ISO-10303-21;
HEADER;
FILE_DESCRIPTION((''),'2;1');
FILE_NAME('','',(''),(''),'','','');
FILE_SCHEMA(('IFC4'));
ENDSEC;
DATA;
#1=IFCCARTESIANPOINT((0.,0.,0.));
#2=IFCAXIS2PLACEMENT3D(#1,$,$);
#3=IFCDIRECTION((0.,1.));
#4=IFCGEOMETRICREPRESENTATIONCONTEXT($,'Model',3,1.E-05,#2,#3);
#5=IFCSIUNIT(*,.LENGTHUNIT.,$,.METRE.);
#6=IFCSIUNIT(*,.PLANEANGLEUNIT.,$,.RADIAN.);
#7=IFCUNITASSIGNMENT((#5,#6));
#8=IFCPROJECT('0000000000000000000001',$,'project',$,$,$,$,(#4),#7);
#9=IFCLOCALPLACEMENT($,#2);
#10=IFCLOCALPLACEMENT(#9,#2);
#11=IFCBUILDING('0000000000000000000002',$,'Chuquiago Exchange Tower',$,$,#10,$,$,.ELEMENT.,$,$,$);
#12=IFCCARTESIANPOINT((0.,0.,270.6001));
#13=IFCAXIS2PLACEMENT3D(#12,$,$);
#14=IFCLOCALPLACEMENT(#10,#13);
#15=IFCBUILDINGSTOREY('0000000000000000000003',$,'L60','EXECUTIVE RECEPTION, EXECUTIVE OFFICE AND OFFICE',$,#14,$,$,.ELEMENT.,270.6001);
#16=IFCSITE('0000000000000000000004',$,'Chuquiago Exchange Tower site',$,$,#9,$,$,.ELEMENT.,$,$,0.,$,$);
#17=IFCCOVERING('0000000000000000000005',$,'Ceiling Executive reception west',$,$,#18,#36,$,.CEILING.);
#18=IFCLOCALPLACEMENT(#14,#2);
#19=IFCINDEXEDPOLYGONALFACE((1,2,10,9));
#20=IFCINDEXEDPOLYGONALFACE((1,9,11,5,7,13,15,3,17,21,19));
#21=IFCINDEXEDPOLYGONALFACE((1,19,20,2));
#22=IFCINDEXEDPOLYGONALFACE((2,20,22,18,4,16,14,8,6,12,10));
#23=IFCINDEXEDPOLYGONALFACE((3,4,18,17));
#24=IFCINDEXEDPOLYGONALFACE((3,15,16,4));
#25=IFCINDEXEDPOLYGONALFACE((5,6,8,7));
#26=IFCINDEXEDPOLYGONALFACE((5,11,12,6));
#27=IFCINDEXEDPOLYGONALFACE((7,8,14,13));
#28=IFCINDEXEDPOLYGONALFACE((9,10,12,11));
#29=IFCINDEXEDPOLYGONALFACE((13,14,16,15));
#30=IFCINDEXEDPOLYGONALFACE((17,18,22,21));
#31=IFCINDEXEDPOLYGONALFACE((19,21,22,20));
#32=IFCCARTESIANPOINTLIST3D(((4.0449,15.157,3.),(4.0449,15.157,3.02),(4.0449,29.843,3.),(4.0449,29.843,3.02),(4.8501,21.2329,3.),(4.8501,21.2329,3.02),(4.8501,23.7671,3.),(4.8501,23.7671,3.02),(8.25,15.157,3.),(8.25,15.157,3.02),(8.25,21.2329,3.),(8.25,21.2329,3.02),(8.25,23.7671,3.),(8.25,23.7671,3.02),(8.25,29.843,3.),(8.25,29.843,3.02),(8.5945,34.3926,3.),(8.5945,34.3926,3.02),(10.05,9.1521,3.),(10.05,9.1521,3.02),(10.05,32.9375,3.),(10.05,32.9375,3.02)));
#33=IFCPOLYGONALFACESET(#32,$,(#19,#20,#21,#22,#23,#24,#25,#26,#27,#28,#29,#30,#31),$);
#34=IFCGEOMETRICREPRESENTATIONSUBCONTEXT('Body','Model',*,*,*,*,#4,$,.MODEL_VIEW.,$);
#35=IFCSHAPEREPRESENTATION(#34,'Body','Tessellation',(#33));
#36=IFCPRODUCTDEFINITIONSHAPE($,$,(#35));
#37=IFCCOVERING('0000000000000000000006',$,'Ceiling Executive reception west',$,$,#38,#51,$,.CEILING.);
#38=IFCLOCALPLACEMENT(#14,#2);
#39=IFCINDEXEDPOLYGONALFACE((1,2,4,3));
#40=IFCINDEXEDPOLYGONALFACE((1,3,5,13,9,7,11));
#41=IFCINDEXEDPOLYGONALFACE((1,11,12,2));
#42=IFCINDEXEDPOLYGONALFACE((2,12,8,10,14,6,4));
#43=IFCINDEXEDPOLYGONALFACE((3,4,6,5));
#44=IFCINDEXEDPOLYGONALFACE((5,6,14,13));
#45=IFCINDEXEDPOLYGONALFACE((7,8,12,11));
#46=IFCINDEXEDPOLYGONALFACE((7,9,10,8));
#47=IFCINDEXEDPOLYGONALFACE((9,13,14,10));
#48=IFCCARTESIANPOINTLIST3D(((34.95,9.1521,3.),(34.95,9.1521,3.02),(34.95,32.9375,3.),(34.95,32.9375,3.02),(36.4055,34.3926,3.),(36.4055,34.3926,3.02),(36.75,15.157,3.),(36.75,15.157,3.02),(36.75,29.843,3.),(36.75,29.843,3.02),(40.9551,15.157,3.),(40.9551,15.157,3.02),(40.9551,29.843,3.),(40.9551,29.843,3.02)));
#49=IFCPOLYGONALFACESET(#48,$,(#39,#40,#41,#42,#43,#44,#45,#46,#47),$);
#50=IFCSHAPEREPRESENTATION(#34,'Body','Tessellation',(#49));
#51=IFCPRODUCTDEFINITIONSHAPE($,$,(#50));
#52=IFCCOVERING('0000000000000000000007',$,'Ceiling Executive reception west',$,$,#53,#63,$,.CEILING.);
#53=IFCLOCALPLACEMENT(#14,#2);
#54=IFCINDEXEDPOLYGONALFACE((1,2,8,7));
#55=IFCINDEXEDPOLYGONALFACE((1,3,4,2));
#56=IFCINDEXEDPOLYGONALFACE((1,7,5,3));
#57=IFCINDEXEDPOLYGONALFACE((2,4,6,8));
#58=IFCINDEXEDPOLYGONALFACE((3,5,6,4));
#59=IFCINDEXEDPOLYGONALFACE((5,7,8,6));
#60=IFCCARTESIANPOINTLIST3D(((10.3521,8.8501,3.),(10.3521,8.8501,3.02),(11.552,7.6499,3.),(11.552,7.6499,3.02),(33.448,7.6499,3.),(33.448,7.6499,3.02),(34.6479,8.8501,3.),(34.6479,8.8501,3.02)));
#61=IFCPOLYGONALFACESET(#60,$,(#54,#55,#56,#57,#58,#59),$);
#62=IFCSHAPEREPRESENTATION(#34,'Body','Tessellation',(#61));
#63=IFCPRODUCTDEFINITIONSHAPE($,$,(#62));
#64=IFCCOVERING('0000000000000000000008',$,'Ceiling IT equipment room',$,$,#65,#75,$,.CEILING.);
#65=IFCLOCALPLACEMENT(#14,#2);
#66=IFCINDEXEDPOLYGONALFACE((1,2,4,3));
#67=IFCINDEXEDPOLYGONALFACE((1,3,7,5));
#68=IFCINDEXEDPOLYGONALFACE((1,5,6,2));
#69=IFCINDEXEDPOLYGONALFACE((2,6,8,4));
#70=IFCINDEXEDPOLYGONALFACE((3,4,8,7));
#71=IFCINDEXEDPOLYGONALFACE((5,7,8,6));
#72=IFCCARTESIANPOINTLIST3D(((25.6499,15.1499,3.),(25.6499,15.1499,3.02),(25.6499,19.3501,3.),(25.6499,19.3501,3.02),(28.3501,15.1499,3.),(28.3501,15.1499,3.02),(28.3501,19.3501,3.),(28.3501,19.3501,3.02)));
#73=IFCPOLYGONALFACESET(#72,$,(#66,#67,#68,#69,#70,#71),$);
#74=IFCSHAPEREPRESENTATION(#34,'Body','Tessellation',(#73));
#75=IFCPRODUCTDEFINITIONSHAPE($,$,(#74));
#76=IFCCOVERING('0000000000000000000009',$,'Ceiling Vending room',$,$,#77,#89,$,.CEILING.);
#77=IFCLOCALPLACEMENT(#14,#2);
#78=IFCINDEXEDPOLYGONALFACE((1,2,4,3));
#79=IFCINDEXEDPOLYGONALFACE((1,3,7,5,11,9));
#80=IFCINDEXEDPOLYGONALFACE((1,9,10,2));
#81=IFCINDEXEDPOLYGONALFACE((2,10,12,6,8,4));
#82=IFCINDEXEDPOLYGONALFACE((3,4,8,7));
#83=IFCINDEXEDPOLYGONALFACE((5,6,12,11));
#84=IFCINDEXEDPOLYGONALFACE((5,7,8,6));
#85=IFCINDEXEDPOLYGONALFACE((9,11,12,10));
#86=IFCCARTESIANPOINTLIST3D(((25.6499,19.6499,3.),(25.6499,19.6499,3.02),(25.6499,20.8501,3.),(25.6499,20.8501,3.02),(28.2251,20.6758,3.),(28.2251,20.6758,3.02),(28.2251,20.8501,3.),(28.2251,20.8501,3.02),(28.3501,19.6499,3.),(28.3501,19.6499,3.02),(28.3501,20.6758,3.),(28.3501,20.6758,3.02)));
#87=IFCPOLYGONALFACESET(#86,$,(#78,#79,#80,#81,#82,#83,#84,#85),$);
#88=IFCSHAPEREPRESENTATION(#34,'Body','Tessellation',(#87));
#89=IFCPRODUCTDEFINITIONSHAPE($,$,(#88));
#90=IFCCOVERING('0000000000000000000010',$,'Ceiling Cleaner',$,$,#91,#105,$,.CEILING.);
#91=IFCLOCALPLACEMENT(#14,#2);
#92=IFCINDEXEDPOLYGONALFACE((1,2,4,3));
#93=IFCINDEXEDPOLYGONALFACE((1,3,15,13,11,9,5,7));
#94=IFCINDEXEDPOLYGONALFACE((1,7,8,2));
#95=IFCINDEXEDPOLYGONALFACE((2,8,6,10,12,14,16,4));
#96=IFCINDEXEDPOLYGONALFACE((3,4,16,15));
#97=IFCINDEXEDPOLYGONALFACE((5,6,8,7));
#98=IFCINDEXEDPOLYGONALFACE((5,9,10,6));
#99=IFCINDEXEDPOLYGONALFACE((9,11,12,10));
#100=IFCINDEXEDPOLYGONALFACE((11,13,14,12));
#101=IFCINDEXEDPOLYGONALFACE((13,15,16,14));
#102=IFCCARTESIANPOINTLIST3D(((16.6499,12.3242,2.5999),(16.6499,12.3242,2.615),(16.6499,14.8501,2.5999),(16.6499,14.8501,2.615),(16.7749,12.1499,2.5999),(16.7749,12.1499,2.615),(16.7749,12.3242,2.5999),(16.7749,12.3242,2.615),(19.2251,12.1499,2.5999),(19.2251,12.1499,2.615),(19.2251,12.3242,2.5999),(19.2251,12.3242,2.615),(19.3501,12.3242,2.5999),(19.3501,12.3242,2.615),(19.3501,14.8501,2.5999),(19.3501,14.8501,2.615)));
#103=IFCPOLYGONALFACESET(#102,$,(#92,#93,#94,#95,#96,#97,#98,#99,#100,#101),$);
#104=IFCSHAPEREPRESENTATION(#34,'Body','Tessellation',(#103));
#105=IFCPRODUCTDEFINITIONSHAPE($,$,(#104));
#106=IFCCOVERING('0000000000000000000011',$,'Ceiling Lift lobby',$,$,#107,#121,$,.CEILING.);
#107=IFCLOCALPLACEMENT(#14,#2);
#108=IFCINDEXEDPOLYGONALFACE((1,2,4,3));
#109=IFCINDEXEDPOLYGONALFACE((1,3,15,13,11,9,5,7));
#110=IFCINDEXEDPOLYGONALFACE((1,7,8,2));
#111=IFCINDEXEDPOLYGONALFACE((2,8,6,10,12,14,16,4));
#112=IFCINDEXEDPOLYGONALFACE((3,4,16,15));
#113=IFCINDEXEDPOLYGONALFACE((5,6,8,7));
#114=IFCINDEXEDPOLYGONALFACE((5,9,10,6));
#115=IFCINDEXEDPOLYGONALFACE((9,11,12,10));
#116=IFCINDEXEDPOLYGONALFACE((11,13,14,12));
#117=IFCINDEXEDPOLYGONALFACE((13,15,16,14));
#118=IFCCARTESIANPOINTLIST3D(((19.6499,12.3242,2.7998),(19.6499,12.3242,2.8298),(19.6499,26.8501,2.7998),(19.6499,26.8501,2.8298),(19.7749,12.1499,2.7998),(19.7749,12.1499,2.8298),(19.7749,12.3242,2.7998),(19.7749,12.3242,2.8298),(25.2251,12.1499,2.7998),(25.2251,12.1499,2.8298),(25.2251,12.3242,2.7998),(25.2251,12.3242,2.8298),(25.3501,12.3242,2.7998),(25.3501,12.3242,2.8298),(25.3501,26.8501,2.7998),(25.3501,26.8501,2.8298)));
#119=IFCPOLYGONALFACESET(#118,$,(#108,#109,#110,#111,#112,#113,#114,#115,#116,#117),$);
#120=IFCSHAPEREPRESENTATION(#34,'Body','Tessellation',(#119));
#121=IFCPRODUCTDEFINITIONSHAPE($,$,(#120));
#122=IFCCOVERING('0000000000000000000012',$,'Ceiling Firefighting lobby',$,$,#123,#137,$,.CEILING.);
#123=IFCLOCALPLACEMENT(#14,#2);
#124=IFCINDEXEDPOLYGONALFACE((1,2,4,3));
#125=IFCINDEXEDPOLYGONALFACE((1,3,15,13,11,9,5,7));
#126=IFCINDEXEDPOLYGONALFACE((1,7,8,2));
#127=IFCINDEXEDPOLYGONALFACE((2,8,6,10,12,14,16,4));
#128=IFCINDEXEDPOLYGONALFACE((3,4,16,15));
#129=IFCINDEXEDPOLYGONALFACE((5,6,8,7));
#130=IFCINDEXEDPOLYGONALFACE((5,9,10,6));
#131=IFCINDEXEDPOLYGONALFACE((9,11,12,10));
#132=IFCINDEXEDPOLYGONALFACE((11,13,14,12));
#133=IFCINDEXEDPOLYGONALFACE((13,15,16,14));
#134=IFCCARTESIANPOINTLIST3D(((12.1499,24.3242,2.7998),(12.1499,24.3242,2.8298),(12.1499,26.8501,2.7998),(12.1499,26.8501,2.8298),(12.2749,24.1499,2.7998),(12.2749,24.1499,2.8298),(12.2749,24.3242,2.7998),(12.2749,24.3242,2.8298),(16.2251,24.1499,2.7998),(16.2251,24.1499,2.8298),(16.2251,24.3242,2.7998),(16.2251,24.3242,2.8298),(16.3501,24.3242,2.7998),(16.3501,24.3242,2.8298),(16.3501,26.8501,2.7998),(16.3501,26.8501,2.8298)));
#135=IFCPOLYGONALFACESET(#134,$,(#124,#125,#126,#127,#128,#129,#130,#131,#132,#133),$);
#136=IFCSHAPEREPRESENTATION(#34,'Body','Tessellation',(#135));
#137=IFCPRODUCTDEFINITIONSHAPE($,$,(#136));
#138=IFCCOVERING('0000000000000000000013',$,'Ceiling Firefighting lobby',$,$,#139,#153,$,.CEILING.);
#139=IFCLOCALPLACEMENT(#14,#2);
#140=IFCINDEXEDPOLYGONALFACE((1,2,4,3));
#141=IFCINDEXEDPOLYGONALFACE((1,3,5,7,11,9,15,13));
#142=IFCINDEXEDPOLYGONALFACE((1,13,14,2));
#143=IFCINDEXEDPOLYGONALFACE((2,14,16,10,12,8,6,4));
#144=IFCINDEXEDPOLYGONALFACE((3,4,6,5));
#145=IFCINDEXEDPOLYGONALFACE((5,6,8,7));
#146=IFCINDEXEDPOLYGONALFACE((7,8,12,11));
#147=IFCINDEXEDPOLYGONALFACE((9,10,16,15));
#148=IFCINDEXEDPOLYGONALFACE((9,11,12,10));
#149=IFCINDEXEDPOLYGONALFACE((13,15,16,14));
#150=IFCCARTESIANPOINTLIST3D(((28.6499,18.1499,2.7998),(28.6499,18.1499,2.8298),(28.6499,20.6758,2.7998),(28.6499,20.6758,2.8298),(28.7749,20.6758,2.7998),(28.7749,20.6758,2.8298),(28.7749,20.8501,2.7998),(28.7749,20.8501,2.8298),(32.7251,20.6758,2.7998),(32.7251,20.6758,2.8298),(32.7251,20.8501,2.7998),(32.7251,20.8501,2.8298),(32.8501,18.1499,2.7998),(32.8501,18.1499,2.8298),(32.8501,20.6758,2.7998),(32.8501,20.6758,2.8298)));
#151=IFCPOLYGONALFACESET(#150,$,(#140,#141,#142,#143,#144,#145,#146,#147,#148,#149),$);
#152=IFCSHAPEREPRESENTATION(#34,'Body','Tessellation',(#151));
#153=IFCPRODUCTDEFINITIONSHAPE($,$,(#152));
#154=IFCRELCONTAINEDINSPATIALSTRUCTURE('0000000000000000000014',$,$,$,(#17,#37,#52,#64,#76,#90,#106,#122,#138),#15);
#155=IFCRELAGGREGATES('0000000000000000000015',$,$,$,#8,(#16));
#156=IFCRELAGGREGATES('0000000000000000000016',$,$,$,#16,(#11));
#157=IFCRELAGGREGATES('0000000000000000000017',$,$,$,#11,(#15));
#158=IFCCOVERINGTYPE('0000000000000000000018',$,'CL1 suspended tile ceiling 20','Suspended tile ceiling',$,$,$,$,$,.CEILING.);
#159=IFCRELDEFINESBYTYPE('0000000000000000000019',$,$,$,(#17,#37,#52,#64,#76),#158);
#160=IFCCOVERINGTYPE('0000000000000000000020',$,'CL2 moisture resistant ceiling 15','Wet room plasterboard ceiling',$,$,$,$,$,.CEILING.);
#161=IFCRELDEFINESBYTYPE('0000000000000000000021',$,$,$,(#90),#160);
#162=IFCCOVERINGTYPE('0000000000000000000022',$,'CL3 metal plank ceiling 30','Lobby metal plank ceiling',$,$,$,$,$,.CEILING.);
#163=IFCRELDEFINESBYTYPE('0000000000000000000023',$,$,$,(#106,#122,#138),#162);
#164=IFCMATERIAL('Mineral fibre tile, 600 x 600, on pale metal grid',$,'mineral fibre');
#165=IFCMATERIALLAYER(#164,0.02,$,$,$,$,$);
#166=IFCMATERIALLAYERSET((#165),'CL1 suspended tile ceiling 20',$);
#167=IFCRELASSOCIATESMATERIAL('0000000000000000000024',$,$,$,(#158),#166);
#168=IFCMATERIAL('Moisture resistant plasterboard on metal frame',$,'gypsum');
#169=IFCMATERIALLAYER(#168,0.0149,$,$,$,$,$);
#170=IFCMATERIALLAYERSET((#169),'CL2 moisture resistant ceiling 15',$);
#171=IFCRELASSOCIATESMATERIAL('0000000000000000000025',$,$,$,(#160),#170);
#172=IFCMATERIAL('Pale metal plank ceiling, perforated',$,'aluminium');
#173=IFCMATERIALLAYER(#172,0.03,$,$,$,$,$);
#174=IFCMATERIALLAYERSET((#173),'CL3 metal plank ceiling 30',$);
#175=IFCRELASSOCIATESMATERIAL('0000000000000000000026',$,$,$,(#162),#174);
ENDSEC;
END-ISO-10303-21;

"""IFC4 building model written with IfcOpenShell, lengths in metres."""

from ifc_helpers import new_model, si_unit, direction, frame, origin, place, context, subcontext, project, spatial, polyline, outline, extrude, material, layer, layer_set, type_object, element, save


model = new_model("IFC4")

# Units and contexts
model_context = context("Model", 3, precision=1e-05, world=origin(), true_north=direction((0.0, 1.0)))
body_context = subcontext(model_context, "Body", "Model", "MODEL_VIEW")
ifc_project = project(units=[si_unit("LENGTHUNIT", "METRE"), si_unit("PLANEANGLEUNIT", "RADIAN")], contexts=[model_context])

# Site, building, storey
site_placement = place(None, origin())
site = spatial("IfcSite", under=ifc_project, at=site_placement, Name="Chuquiago Exchange Tower site", CompositionType="ELEMENT", RefElevation=0.0)
building_placement = place(site_placement, origin())
building = spatial("IfcBuilding", under=site, at=building_placement, Name="Chuquiago Exchange Tower", CompositionType="ELEMENT")
storey_placement = place(building_placement, frame((0.0, 0.0, 270.6001)))
storey = spatial("IfcBuildingStorey", under=building, at=storey_placement, Name="L60", Description="EXECUTIVE RECEPTION, EXECUTIVE OFFICE AND OFFICE", CompositionType="ELEMENT", Elevation=270.6001)

# Coverings
ifc_material_1 = material(Name="Mineral fibre tile, 600 x 600, on pale metal grid", Category="mineral fibre")
ifc_layer_1 = layer(ifc_material_1, 0.02)
ifc_layer_set_1 = layer_set([ifc_layer_1], Name="CL1 suspended tile ceiling 20")
covering_type_1 = type_object("IfcCoveringType", Name="CL1 suspended tile ceiling 20", Description="Suspended tile ceiling", PredefinedType="CEILING", material=ifc_layer_set_1)
covering_1_placement = place(storey_placement, frame((0.0, 0.0, 3.0)))
element("IfcCovering", 1, at=covering_1_placement, inside=storey, type_object=covering_type_1, Name="Ceiling Executive reception west", PredefinedType="CEILING", context=body_context, shape_type="SweptSolid", body=[
    extrude(outline(polyline([(8.5945, 34.3926), (10.05, 32.9375), (10.05, 9.1521), (4.0449, 15.157), (8.25, 15.157), (8.25, 21.2329), (4.8501, 21.2329), (4.8501, 23.7671), (8.25, 23.7671), (8.25, 29.843), (4.0449, 29.843), (8.5945, 34.3926)])), origin(), (0.0, 0.0, 1.0), 0.02),
])
covering_2_placement = place(storey_placement, frame((0.0, 0.0, 3.0)))
element("IfcCovering", 2, at=covering_2_placement, inside=storey, type_object=covering_type_1, Name="Ceiling Executive reception west", PredefinedType="CEILING", context=body_context, shape_type="SweptSolid", body=[
    extrude(outline(polyline([(34.95, 32.9375), (36.4055, 34.3926), (40.9551, 29.843), (36.75, 29.843), (36.75, 15.157), (40.9551, 15.157), (34.95, 9.1521), (34.95, 32.9375)])), origin(), (0.0, 0.0, 1.0), 0.02),
])
covering_3_placement = place(storey_placement, frame((0.0, 0.0, 3.0)))
element("IfcCovering", 3, at=covering_3_placement, inside=storey, type_object=covering_type_1, Name="Ceiling Executive reception west", PredefinedType="CEILING", context=body_context, shape_type="SweptSolid", body=[
    extrude(outline(polyline([(34.6479, 8.8501), (33.448, 7.6499), (11.552, 7.6499), (10.3521, 8.8501), (34.6479, 8.8501)])), origin(), (0.0, 0.0, 1.0), 0.02),
])
covering_4_placement = place(storey_placement, frame((0.0, 0.0, 3.0)))
element("IfcCovering", 4, at=covering_4_placement, inside=storey, type_object=covering_type_1, Name="Ceiling IT equipment room", PredefinedType="CEILING", context=body_context, shape_type="SweptSolid", body=[
    extrude(outline(polyline([(25.6499, 15.1499), (25.6499, 19.3501), (28.3501, 19.3501), (28.3501, 15.1499), (25.6499, 15.1499)])), origin(), (0.0, 0.0, 1.0), 0.02),
])
covering_5_placement = place(storey_placement, frame((0.0, 0.0, 3.0)))
element("IfcCovering", 5, at=covering_5_placement, inside=storey, type_object=covering_type_1, Name="Ceiling Vending room", PredefinedType="CEILING", context=body_context, shape_type="SweptSolid", body=[
    extrude(outline(polyline([(25.6499, 19.6499), (25.6499, 20.8501), (28.2251, 20.8501), (28.2251, 20.6758), (28.3501, 20.6758), (28.3501, 19.6499), (25.6499, 19.6499)])), origin(), (0.0, 0.0, 1.0), 0.02),
])
ifc_material_2 = material(Name="Moisture resistant plasterboard on metal frame", Category="gypsum")
ifc_layer_2 = layer(ifc_material_2, 0.0149)
ifc_layer_set_2 = layer_set([ifc_layer_2], Name="CL2 moisture resistant ceiling 15")
covering_type_2 = type_object("IfcCoveringType", Name="CL2 moisture resistant ceiling 15", Description="Wet room plasterboard ceiling", PredefinedType="CEILING", material=ifc_layer_set_2)
covering_6_placement = place(storey_placement, frame((0.0, 0.0, 2.5999)))
element("IfcCovering", 6, at=covering_6_placement, inside=storey, type_object=covering_type_2, Name="Ceiling Cleaner", PredefinedType="CEILING", context=body_context, shape_type="SweptSolid", body=[
    extrude(outline(polyline([(16.7749, 12.1499), (16.7749, 12.3242), (16.6499, 12.3242), (16.6499, 14.8501), (19.3501, 14.8501), (19.3501, 12.3242), (19.2251, 12.3242), (19.2251, 12.1499), (16.7749, 12.1499)])), origin(), (0.0, 0.0, 1.0), 0.0151),
])
ifc_material_3 = material(Name="Pale metal plank ceiling, perforated", Category="aluminium")
ifc_layer_3 = layer(ifc_material_3, 0.03)
ifc_layer_set_3 = layer_set([ifc_layer_3], Name="CL3 metal plank ceiling 30")
covering_type_3 = type_object("IfcCoveringType", Name="CL3 metal plank ceiling 30", Description="Lobby metal plank ceiling", PredefinedType="CEILING", material=ifc_layer_set_3)
covering_7_placement = place(storey_placement, frame((0.0, 0.0, 2.7998)))
element("IfcCovering", 7, at=covering_7_placement, inside=storey, type_object=covering_type_3, Name="Ceiling Lift lobby", PredefinedType="CEILING", context=body_context, shape_type="SweptSolid", body=[
    extrude(outline(polyline([(19.7749, 12.1499), (19.7749, 12.3242), (19.6499, 12.3242), (19.6499, 26.8501), (25.3501, 26.8501), (25.3501, 12.3242), (25.2251, 12.3242), (25.2251, 12.1499), (19.7749, 12.1499)])), origin(), (0.0, 0.0, 1.0), 0.03),
])
covering_8_placement = place(storey_placement, frame((0.0, 0.0, 2.7998)))
element("IfcCovering", 8, at=covering_8_placement, inside=storey, type_object=covering_type_3, Name="Ceiling Firefighting lobby", PredefinedType="CEILING", context=body_context, shape_type="SweptSolid", body=[
    extrude(outline(polyline([(12.2749, 24.1499), (12.2749, 24.3242), (12.1499, 24.3242), (12.1499, 26.8501), (16.3501, 26.8501), (16.3501, 24.3242), (16.2251, 24.3242), (16.2251, 24.1499), (12.2749, 24.1499)])), origin(), (0.0, 0.0, 1.0), 0.03),
])
covering_9_placement = place(storey_placement, frame((0.0, 0.0, 2.7998)))
element("IfcCovering", 9, at=covering_9_placement, inside=storey, type_object=covering_type_3, Name="Ceiling Firefighting lobby", PredefinedType="CEILING", context=body_context, shape_type="SweptSolid", body=[
    extrude(outline(polyline([(28.6499, 18.1499), (28.6499, 20.6758), (28.7749, 20.6758), (28.7749, 20.8501), (32.7251, 20.8501), (32.7251, 20.6758), (32.8501, 20.6758), (32.8501, 18.1499), (28.6499, 18.1499)])), origin(), (0.0, 0.0, 1.0), 0.03),
])

save(model, "model.ifc")
